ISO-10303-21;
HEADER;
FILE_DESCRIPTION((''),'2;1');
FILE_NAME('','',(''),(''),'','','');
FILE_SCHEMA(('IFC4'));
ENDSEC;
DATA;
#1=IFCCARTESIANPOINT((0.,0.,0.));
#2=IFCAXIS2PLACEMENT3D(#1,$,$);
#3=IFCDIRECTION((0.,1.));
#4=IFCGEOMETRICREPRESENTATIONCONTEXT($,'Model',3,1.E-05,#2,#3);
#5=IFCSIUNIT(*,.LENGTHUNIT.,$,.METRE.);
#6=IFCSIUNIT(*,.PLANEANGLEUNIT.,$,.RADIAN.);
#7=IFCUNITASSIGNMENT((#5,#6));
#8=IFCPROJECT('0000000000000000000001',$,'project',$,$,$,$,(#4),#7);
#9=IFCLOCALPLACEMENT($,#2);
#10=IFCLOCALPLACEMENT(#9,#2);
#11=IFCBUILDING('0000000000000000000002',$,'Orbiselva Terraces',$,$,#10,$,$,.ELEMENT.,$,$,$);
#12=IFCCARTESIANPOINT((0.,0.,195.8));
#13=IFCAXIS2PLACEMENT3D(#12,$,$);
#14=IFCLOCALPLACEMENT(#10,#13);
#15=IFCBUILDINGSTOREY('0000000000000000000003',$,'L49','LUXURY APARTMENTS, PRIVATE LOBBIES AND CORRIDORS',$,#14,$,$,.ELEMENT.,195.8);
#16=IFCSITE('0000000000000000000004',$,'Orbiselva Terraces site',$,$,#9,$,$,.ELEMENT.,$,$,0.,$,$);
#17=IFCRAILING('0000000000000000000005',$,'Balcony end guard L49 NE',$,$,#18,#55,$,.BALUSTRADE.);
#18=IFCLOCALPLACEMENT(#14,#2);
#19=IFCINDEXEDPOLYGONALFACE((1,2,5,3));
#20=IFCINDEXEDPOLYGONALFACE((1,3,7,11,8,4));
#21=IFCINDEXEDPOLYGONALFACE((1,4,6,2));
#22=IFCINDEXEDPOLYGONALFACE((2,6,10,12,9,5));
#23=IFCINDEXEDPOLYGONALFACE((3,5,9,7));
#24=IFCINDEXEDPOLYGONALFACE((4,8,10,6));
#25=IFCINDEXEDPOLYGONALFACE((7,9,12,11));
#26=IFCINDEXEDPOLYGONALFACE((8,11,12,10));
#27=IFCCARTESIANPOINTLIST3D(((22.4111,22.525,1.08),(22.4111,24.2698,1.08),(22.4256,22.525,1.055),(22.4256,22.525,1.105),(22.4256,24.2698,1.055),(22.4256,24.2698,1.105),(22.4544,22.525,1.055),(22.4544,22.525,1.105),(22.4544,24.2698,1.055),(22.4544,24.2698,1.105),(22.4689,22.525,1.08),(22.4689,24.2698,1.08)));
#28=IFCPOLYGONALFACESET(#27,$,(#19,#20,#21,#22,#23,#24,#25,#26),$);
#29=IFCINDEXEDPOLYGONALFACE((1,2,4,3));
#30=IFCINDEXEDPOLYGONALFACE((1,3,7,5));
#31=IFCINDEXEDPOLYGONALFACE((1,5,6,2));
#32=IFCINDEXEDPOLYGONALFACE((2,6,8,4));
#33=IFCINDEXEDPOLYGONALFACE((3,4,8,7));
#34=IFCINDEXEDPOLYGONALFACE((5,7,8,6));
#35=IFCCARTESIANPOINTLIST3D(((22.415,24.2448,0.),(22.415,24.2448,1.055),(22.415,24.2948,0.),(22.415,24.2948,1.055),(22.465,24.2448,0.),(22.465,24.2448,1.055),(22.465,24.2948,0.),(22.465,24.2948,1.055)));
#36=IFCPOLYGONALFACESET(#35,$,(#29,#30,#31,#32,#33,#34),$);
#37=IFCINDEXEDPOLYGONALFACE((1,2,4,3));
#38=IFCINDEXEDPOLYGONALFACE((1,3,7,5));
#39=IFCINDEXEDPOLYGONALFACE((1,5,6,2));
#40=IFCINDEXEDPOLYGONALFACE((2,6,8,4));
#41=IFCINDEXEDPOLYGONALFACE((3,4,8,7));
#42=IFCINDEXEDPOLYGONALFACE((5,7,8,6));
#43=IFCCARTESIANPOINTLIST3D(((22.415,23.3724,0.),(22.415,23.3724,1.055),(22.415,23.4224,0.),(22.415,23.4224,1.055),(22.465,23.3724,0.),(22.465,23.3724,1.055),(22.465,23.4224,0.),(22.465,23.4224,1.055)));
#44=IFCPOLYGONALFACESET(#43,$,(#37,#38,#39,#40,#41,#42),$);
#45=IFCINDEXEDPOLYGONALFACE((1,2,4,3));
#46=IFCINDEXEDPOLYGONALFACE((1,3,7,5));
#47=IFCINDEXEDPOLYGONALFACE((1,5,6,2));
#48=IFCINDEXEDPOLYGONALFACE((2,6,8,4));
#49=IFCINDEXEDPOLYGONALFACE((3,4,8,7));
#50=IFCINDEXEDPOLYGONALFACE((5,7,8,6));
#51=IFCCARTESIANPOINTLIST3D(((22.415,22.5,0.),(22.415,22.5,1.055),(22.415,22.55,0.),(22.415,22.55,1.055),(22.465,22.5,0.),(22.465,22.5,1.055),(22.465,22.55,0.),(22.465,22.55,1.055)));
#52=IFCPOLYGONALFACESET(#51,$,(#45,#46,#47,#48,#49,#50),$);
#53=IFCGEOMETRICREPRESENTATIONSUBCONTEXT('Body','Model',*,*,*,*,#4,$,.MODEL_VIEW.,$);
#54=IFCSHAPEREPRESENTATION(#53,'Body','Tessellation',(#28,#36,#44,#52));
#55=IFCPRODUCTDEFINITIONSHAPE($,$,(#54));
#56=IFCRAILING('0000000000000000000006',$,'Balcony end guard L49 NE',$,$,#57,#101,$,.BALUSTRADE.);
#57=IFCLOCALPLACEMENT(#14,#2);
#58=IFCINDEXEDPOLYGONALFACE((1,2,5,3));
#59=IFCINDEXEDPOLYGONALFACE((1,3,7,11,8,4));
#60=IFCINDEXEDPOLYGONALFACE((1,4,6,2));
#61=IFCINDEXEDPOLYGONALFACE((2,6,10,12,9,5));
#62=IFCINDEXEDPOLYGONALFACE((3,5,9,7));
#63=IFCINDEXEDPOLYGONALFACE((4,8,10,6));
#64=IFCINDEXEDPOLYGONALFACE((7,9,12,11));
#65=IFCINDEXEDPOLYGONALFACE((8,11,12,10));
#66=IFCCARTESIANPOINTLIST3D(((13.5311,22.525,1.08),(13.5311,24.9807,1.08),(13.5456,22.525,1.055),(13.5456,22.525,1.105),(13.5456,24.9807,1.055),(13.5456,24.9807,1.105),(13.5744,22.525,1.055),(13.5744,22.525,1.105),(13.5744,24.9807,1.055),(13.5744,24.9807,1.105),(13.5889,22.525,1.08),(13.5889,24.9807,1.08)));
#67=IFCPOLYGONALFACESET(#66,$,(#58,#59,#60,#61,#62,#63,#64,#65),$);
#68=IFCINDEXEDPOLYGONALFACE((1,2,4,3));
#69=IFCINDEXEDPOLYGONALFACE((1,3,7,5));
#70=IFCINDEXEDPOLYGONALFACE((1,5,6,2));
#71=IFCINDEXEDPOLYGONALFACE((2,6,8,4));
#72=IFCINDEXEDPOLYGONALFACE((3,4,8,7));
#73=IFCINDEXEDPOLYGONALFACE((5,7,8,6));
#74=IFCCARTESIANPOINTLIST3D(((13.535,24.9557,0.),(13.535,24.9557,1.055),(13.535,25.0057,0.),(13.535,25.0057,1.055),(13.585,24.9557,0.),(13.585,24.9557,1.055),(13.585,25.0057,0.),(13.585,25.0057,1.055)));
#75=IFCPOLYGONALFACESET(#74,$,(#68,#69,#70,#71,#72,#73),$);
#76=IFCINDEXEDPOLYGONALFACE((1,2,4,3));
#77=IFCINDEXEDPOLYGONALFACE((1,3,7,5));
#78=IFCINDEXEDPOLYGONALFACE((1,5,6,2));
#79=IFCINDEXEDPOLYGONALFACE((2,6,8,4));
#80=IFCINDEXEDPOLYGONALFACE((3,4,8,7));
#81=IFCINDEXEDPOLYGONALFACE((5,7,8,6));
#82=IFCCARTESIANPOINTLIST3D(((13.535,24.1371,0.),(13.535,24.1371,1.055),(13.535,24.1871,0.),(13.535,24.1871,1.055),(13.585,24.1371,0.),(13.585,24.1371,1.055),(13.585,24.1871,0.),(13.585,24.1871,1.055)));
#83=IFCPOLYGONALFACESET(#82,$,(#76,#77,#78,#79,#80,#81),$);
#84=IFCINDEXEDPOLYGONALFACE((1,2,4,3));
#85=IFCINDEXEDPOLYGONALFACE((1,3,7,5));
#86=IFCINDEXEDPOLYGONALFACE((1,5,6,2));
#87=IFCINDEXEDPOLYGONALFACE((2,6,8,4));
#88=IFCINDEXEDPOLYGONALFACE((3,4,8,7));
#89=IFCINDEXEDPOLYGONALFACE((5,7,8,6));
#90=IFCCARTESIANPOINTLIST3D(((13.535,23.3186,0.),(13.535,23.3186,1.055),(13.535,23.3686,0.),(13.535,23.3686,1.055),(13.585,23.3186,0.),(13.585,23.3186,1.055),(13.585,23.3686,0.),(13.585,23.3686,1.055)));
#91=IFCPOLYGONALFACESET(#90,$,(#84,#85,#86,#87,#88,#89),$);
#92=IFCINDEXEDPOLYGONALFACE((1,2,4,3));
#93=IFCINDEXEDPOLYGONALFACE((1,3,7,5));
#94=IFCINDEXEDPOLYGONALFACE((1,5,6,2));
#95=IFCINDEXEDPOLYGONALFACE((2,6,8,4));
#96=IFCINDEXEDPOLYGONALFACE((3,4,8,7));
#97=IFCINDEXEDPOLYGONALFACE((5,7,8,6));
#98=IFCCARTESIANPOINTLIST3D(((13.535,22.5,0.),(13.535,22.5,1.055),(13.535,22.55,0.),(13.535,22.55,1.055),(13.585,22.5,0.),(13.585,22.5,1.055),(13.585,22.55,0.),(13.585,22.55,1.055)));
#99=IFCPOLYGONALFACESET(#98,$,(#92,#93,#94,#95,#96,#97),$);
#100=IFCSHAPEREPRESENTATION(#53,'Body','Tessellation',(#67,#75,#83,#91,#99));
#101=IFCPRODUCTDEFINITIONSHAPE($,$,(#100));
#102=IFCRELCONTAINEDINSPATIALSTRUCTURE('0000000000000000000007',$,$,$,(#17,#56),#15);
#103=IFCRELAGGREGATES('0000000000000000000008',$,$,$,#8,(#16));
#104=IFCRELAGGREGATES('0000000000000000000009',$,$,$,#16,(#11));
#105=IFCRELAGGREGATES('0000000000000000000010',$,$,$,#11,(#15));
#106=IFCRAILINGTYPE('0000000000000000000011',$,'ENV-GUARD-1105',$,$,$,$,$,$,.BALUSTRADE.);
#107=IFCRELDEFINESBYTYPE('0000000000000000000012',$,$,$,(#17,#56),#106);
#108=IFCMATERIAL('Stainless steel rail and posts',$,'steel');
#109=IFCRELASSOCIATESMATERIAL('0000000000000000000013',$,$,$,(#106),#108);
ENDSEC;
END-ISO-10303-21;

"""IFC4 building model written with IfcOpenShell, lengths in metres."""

from ifc_helpers import new_model, si_unit, direction, frame, origin, origin_2d, place, context, subcontext, project, spatial, polyline, rectangle, outline, extrude, material, type_object, element, save


model = new_model("IFC4")

# Units and contexts
model_context = context("Model", 3, precision=1e-05, world=origin(), true_north=direction((0.0, 1.0)))
body_context = subcontext(model_context, "Body", "Model", "MODEL_VIEW")
ifc_project = project(units=[si_unit("LENGTHUNIT", "METRE"), si_unit("PLANEANGLEUNIT", "RADIAN")], contexts=[model_context])

# Site, building, storey
site_placement = place(None, origin())
site = spatial("IfcSite", under=ifc_project, at=site_placement, Name="Orbiselva Terraces site", CompositionType="ELEMENT", RefElevation=0.0)
building_placement = place(site_placement, origin())
building = spatial("IfcBuilding", under=site, at=building_placement, Name="Orbiselva Terraces", CompositionType="ELEMENT")
storey_placement = place(building_placement, frame((0.0, 0.0, 195.8)))
storey = spatial("IfcBuildingStorey", under=building, at=storey_placement, Name="L49", Description="LUXURY APARTMENTS, PRIVATE LOBBIES AND CORRIDORS", CompositionType="ELEMENT", Elevation=195.8)

# Railings
ifc_material_1 = material(Name="Stainless steel rail and posts", Category="steel")
railing_type_1 = type_object("IfcRailingType", Name="ENV-GUARD-1105", PredefinedType="BALUSTRADE", material=ifc_material_1)
railing_1_placement = place(storey_placement, frame((22.44, 24.2698, 0.0)))
element("IfcRailing", 1, at=railing_1_placement, inside=storey, type_object=railing_type_1, Name="Balcony end guard L49 NE", PredefinedType="BALUSTRADE", context=body_context, shape_type="SweptSolid", body=[
    extrude(outline(polyline([(0.0289, 0.0), (0.0144, 0.025), (-0.0144, 0.025), (-0.0289, 0.0), (-0.0144, -0.025), (0.0144, -0.025), (0.0289, 0.0)])), frame((0.0, 0.0, 1.08), z_axis=(0.0, -1.0, 0.0), x_axis=(1.0, 0.0, 0.0)), (0.0, 0.0, 1.0), 1.7448),
    extrude(rectangle(XDim=0.05, YDim=0.05, at=origin_2d()), origin(), (0.0, 0.0, 1.0), 1.055),
    extrude(rectangle(XDim=0.05, YDim=0.05, at=origin_2d()), frame((0.0, -0.8724, 0.0)), (0.0, 0.0, 1.0), 1.055),
    extrude(rectangle(XDim=0.05, YDim=0.05, at=origin_2d()), frame((0.0, -1.7448, 0.0)), (0.0, 0.0, 1.0), 1.055),
])
railing_2_placement = place(storey_placement, frame((13.56, 24.9807, 0.0)))
element("IfcRailing", 2, at=railing_2_placement, inside=storey, type_object=railing_type_1, Name="Balcony end guard L49 NE", PredefinedType="BALUSTRADE", context=body_context, shape_type="SweptSolid", body=[
    extrude(outline(polyline([(0.0289, 0.0), (0.0144, 0.025), (-0.0144, 0.025), (-0.0289, 0.0), (-0.0144, -0.025), (0.0144, -0.025), (0.0289, 0.0)])), frame((0.0, 0.0, 1.08), z_axis=(0.0, -1.0, 0.0), x_axis=(1.0, 0.0, 0.0)), (0.0, 0.0, 1.0), 2.4557),
    extrude(rectangle(XDim=0.05, YDim=0.05, at=origin_2d()), origin(), (0.0, 0.0, 1.0), 1.055),
    extrude(rectangle(XDim=0.05, YDim=0.05, at=origin_2d()), frame((0.0, -0.8186, 0.0)), (0.0, 0.0, 1.0), 1.055),
    extrude(rectangle(XDim=0.05, YDim=0.05, at=origin_2d()), frame((0.0, -1.6371, 0.0)), (0.0, 0.0, 1.0), 1.055),
    extrude(rectangle(XDim=0.05, YDim=0.05, at=origin_2d()), frame((0.0, -2.4557, 0.0)), (0.0, 0.0, 1.0), 1.055),
])

save(model, "model.ifc")
